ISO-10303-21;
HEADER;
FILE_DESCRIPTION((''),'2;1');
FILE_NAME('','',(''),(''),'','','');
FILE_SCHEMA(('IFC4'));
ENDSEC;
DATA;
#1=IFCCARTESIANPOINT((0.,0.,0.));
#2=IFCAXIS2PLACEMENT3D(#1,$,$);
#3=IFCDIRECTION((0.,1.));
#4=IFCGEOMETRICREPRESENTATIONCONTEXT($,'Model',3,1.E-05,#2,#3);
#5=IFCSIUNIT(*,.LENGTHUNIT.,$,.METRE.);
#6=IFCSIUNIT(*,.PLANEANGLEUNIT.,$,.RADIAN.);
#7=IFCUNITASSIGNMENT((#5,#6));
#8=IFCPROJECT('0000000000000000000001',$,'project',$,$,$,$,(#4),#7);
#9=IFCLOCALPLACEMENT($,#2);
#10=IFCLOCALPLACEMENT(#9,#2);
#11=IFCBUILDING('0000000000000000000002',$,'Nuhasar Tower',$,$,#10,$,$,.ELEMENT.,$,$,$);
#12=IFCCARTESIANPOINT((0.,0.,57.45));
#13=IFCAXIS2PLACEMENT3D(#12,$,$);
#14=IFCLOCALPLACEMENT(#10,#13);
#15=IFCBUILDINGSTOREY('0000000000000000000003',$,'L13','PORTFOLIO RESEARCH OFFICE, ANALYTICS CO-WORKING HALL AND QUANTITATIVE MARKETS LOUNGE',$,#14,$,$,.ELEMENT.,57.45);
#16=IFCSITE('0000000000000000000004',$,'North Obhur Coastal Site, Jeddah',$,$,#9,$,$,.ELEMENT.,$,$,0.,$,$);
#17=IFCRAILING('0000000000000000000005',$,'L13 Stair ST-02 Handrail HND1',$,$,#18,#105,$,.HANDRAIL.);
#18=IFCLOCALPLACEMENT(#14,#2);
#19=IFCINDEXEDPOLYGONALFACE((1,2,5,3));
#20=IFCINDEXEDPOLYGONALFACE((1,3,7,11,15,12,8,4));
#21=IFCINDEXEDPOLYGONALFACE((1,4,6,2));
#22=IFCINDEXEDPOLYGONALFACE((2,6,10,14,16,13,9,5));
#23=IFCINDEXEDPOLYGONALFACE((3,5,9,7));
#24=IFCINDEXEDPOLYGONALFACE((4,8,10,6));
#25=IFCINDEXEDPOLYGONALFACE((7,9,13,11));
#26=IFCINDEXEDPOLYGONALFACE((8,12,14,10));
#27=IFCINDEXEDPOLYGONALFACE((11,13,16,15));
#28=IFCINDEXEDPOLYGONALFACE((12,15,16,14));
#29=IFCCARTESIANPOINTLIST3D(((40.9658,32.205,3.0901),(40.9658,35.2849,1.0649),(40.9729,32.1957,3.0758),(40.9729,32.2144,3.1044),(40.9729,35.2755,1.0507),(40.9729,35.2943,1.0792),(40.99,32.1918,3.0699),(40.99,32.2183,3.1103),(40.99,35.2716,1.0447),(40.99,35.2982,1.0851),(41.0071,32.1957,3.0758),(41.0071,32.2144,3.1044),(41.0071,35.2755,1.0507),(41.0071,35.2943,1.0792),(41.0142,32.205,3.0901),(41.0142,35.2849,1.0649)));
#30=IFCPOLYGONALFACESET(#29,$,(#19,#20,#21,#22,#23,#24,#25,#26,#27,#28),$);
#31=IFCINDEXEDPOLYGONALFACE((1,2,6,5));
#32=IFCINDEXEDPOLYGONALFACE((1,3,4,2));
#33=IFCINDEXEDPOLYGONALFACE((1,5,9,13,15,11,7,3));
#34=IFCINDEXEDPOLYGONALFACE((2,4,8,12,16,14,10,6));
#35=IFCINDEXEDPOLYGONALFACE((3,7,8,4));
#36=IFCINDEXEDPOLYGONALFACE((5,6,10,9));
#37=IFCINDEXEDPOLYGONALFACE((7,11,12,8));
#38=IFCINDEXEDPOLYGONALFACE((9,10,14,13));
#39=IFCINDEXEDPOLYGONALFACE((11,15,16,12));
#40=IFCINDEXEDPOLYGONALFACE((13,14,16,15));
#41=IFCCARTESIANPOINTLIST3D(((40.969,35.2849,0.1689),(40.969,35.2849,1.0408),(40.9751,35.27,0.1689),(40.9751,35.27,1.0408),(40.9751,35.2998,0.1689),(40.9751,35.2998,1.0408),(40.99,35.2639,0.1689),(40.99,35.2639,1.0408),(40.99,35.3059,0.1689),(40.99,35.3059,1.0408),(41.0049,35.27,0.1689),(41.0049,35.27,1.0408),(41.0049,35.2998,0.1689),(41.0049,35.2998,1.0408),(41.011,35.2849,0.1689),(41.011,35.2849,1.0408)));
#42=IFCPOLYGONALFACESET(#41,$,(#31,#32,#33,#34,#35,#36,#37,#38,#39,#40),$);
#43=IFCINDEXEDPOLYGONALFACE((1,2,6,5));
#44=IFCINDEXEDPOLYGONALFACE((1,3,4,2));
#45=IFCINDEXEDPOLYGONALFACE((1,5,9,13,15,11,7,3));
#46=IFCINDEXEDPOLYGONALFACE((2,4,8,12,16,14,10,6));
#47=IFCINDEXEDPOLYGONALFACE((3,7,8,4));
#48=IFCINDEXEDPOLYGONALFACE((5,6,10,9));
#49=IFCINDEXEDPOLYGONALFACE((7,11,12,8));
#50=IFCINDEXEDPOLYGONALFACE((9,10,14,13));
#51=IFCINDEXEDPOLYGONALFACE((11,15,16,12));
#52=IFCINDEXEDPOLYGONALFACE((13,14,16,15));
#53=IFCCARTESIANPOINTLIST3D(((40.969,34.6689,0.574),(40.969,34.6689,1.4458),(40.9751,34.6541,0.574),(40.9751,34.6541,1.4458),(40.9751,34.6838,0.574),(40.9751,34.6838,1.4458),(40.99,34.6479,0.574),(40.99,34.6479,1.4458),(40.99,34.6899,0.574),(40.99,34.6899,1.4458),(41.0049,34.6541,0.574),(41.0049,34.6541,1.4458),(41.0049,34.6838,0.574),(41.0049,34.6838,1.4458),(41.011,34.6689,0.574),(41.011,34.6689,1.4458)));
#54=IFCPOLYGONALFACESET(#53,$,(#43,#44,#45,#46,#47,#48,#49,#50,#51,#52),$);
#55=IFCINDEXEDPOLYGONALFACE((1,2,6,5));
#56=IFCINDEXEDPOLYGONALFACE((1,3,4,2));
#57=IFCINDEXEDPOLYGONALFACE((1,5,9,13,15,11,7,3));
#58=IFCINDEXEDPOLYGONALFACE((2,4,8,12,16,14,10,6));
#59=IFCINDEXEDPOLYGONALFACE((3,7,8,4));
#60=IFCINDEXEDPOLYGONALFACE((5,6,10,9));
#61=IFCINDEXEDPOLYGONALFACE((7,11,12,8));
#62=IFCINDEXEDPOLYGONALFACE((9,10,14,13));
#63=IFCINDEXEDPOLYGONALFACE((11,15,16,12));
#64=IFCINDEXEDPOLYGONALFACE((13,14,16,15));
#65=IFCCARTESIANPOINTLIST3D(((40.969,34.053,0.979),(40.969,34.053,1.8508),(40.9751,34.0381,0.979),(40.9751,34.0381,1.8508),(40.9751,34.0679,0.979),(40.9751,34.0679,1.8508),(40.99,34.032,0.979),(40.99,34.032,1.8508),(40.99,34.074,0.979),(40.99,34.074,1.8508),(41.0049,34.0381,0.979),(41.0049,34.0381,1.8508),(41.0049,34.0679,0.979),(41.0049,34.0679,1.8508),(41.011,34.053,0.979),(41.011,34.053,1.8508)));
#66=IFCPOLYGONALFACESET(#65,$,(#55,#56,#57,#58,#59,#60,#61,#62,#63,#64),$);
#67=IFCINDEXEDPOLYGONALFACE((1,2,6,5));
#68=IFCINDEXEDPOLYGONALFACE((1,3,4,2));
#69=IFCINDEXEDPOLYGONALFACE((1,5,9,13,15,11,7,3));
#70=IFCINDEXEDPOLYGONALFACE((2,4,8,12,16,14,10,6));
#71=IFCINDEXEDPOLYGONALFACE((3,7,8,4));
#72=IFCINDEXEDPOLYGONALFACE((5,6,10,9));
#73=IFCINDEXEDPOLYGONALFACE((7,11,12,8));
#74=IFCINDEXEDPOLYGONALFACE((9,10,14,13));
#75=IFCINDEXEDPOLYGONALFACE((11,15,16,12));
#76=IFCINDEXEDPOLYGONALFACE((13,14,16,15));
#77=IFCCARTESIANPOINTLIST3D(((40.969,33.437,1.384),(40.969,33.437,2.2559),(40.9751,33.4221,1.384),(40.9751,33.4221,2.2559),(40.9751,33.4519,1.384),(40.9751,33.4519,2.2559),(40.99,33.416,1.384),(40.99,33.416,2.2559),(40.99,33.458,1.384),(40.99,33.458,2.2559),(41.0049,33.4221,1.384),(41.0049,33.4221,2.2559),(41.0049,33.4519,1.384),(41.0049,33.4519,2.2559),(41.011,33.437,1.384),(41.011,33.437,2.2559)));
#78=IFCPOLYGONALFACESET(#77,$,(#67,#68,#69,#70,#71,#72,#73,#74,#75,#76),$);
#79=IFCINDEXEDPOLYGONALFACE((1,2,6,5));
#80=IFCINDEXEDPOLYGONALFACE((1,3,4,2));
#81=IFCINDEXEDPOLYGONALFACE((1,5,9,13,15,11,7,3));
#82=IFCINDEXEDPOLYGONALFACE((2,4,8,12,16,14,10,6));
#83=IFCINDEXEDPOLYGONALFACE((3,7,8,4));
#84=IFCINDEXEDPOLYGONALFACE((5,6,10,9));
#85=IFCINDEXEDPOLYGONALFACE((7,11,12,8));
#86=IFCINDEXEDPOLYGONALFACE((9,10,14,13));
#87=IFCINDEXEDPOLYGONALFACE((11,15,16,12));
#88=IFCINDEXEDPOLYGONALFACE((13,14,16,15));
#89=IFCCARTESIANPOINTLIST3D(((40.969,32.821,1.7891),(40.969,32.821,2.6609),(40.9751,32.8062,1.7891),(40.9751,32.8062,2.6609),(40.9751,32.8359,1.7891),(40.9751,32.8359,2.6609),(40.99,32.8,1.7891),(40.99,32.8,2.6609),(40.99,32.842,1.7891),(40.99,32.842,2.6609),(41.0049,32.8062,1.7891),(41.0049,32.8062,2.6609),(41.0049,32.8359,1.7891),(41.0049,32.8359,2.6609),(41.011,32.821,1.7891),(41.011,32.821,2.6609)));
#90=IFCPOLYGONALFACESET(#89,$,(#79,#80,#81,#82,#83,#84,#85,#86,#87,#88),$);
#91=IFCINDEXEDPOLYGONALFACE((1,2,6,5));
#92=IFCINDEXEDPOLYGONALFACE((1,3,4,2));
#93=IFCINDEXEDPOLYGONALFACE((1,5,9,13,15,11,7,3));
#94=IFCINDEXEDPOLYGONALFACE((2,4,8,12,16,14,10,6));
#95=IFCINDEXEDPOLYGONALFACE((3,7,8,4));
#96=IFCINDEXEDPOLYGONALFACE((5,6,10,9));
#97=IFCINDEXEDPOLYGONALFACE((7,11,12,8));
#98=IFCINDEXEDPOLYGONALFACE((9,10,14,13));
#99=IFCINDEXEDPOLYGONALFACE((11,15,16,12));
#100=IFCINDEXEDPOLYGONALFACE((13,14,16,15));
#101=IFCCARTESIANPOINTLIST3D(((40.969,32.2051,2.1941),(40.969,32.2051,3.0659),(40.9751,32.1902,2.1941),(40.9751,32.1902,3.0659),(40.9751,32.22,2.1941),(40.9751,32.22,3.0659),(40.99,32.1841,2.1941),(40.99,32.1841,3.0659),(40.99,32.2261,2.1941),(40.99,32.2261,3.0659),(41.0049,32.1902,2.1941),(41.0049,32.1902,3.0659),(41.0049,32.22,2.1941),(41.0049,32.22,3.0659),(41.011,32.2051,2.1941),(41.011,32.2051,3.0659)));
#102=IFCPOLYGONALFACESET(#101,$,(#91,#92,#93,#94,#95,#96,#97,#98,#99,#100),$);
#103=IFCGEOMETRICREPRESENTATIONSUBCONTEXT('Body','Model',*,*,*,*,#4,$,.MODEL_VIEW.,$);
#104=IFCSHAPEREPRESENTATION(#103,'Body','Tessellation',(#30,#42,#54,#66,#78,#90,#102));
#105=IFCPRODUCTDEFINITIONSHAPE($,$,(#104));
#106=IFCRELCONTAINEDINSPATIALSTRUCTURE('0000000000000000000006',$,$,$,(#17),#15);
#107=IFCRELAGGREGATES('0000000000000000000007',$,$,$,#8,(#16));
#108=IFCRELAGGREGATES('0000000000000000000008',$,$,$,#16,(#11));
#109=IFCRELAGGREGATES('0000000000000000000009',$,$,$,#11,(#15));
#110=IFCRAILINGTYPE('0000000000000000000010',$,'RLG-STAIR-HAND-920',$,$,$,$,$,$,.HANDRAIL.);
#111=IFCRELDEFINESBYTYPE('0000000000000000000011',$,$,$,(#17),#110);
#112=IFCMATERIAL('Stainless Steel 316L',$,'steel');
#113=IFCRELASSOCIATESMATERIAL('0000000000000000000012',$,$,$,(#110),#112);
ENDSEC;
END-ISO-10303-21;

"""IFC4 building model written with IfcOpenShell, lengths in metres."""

from ifc_helpers import new_model, si_unit, direction, frame, origin, place, context, subcontext, project, spatial, polyline, outline, extrude, material, type_object, element, save


model = new_model("IFC4")

# Units and contexts
model_context = context("Model", 3, precision=1e-05, world=origin(), true_north=direction((0.0, 1.0)))
body_context = subcontext(model_context, "Body", "Model", "MODEL_VIEW")
ifc_project = project(units=[si_unit("LENGTHUNIT", "METRE"), si_unit("PLANEANGLEUNIT", "RADIAN")], contexts=[model_context])

# Site, building, storey
site_placement = place(None, origin())
site = spatial("IfcSite", under=ifc_project, at=site_placement, Name="North Obhur Coastal Site, Jeddah", CompositionType="ELEMENT", RefElevation=0.0)
building_placement = place(site_placement, origin())
building = spatial("IfcBuilding", under=site, at=building_placement, Name="Nuhasar Tower", CompositionType="ELEMENT")
storey_placement = place(building_placement, frame((0.0, 0.0, 57.45)))
storey = spatial("IfcBuildingStorey", under=building, at=storey_placement, Name="L13", Description="PORTFOLIO RESEARCH OFFICE, ANALYTICS CO-WORKING HALL AND QUANTITATIVE MARKETS LOUNGE", CompositionType="ELEMENT", Elevation=57.45)

# Railing
ifc_material_1 = material(Name="Stainless Steel 316L", Category="steel")
railing_type_1 = type_object("IfcRailingType", Name="RLG-STAIR-HAND-920", PredefinedType="HANDRAIL", material=ifc_material_1)
railing_1_placement = place(storey_placement, frame((40.99, 35.2849, 0.1689)))
element("IfcRailing", 1, at=railing_1_placement, inside=storey, type_object=railing_type_1, Name="L13 Stair ST-02 Handrail HND1", PredefinedType="HANDRAIL", context=body_context, shape_type="SweptSolid", body=[
    extrude(outline(polyline([(0.0242, 0.0), (0.0171, 0.0171), (0.0, 0.0242), (-0.0171, 0.0171), (-0.0242, 0.0), (-0.0171, -0.0171), (0.0, -0.0242), (0.0171, -0.0171), (0.0242, 0.0)])), frame((0.0, 0.0, 0.896), z_axis=(0.0, -0.835549, 0.549416), x_axis=(1.0, 0.0, 0.0)), (0.0, 0.0, 1.0), 3.686),
    extrude(outline(polyline([(0.021, 0.0), (0.0149, 0.0149), (0.0, 0.021), (-0.0149, 0.0149), (-0.021, 0.0), (-0.0149, -0.0149), (0.0, -0.021), (0.0149, -0.0149), (0.021, 0.0)])), origin(), (0.0, 0.0, 1.0), 0.8718),
    extrude(outline(polyline([(0.021, 0.0), (0.0149, 0.0149), (0.0, 0.021), (-0.0149, 0.0149), (-0.021, 0.0), (-0.0149, -0.0149), (0.0, -0.021), (0.0149, -0.0149), (0.021, 0.0)])), frame((0.0, -0.616, 0.405)), (0.0, 0.0, 1.0), 0.8718),
    extrude(outline(polyline([(0.021, 0.0), (0.0149, 0.0149), (0.0, 0.021), (-0.0149, 0.0149), (-0.021, 0.0), (-0.0149, -0.0149), (0.0, -0.021), (0.0149, -0.0149), (0.021, 0.0)])), frame((0.0, -1.2319, 0.8101)), (0.0, 0.0, 1.0), 0.8718),
    extrude(outline(polyline([(0.021, 0.0), (0.0149, 0.0149), (0.0, 0.021), (-0.0149, 0.0149), (-0.021, 0.0), (-0.0149, -0.0149), (0.0, -0.021), (0.0149, -0.0149), (0.021, 0.0)])), frame((0.0, -1.8479, 1.2151)), (0.0, 0.0, 1.0), 0.8718),
    extrude(outline(polyline([(0.021, 0.0), (0.0149, 0.0149), (0.0, 0.021), (-0.0149, 0.0149), (-0.021, 0.0), (-0.0149, -0.0149), (0.0, -0.021), (0.0149, -0.0149), (0.021, 0.0)])), frame((0.0, -2.4639, 1.6201)), (0.0, 0.0, 1.0), 0.8718),
    extrude(outline(polyline([(0.021, 0.0), (0.0149, 0.0149), (0.0, 0.021), (-0.0149, 0.0149), (-0.021, 0.0), (-0.0149, -0.0149), (0.0, -0.021), (0.0149, -0.0149), (0.021, 0.0)])), frame((0.0, -3.0798, 2.0251)), (0.0, 0.0, 1.0), 0.8718),
])

save(model, "model.ifc")
